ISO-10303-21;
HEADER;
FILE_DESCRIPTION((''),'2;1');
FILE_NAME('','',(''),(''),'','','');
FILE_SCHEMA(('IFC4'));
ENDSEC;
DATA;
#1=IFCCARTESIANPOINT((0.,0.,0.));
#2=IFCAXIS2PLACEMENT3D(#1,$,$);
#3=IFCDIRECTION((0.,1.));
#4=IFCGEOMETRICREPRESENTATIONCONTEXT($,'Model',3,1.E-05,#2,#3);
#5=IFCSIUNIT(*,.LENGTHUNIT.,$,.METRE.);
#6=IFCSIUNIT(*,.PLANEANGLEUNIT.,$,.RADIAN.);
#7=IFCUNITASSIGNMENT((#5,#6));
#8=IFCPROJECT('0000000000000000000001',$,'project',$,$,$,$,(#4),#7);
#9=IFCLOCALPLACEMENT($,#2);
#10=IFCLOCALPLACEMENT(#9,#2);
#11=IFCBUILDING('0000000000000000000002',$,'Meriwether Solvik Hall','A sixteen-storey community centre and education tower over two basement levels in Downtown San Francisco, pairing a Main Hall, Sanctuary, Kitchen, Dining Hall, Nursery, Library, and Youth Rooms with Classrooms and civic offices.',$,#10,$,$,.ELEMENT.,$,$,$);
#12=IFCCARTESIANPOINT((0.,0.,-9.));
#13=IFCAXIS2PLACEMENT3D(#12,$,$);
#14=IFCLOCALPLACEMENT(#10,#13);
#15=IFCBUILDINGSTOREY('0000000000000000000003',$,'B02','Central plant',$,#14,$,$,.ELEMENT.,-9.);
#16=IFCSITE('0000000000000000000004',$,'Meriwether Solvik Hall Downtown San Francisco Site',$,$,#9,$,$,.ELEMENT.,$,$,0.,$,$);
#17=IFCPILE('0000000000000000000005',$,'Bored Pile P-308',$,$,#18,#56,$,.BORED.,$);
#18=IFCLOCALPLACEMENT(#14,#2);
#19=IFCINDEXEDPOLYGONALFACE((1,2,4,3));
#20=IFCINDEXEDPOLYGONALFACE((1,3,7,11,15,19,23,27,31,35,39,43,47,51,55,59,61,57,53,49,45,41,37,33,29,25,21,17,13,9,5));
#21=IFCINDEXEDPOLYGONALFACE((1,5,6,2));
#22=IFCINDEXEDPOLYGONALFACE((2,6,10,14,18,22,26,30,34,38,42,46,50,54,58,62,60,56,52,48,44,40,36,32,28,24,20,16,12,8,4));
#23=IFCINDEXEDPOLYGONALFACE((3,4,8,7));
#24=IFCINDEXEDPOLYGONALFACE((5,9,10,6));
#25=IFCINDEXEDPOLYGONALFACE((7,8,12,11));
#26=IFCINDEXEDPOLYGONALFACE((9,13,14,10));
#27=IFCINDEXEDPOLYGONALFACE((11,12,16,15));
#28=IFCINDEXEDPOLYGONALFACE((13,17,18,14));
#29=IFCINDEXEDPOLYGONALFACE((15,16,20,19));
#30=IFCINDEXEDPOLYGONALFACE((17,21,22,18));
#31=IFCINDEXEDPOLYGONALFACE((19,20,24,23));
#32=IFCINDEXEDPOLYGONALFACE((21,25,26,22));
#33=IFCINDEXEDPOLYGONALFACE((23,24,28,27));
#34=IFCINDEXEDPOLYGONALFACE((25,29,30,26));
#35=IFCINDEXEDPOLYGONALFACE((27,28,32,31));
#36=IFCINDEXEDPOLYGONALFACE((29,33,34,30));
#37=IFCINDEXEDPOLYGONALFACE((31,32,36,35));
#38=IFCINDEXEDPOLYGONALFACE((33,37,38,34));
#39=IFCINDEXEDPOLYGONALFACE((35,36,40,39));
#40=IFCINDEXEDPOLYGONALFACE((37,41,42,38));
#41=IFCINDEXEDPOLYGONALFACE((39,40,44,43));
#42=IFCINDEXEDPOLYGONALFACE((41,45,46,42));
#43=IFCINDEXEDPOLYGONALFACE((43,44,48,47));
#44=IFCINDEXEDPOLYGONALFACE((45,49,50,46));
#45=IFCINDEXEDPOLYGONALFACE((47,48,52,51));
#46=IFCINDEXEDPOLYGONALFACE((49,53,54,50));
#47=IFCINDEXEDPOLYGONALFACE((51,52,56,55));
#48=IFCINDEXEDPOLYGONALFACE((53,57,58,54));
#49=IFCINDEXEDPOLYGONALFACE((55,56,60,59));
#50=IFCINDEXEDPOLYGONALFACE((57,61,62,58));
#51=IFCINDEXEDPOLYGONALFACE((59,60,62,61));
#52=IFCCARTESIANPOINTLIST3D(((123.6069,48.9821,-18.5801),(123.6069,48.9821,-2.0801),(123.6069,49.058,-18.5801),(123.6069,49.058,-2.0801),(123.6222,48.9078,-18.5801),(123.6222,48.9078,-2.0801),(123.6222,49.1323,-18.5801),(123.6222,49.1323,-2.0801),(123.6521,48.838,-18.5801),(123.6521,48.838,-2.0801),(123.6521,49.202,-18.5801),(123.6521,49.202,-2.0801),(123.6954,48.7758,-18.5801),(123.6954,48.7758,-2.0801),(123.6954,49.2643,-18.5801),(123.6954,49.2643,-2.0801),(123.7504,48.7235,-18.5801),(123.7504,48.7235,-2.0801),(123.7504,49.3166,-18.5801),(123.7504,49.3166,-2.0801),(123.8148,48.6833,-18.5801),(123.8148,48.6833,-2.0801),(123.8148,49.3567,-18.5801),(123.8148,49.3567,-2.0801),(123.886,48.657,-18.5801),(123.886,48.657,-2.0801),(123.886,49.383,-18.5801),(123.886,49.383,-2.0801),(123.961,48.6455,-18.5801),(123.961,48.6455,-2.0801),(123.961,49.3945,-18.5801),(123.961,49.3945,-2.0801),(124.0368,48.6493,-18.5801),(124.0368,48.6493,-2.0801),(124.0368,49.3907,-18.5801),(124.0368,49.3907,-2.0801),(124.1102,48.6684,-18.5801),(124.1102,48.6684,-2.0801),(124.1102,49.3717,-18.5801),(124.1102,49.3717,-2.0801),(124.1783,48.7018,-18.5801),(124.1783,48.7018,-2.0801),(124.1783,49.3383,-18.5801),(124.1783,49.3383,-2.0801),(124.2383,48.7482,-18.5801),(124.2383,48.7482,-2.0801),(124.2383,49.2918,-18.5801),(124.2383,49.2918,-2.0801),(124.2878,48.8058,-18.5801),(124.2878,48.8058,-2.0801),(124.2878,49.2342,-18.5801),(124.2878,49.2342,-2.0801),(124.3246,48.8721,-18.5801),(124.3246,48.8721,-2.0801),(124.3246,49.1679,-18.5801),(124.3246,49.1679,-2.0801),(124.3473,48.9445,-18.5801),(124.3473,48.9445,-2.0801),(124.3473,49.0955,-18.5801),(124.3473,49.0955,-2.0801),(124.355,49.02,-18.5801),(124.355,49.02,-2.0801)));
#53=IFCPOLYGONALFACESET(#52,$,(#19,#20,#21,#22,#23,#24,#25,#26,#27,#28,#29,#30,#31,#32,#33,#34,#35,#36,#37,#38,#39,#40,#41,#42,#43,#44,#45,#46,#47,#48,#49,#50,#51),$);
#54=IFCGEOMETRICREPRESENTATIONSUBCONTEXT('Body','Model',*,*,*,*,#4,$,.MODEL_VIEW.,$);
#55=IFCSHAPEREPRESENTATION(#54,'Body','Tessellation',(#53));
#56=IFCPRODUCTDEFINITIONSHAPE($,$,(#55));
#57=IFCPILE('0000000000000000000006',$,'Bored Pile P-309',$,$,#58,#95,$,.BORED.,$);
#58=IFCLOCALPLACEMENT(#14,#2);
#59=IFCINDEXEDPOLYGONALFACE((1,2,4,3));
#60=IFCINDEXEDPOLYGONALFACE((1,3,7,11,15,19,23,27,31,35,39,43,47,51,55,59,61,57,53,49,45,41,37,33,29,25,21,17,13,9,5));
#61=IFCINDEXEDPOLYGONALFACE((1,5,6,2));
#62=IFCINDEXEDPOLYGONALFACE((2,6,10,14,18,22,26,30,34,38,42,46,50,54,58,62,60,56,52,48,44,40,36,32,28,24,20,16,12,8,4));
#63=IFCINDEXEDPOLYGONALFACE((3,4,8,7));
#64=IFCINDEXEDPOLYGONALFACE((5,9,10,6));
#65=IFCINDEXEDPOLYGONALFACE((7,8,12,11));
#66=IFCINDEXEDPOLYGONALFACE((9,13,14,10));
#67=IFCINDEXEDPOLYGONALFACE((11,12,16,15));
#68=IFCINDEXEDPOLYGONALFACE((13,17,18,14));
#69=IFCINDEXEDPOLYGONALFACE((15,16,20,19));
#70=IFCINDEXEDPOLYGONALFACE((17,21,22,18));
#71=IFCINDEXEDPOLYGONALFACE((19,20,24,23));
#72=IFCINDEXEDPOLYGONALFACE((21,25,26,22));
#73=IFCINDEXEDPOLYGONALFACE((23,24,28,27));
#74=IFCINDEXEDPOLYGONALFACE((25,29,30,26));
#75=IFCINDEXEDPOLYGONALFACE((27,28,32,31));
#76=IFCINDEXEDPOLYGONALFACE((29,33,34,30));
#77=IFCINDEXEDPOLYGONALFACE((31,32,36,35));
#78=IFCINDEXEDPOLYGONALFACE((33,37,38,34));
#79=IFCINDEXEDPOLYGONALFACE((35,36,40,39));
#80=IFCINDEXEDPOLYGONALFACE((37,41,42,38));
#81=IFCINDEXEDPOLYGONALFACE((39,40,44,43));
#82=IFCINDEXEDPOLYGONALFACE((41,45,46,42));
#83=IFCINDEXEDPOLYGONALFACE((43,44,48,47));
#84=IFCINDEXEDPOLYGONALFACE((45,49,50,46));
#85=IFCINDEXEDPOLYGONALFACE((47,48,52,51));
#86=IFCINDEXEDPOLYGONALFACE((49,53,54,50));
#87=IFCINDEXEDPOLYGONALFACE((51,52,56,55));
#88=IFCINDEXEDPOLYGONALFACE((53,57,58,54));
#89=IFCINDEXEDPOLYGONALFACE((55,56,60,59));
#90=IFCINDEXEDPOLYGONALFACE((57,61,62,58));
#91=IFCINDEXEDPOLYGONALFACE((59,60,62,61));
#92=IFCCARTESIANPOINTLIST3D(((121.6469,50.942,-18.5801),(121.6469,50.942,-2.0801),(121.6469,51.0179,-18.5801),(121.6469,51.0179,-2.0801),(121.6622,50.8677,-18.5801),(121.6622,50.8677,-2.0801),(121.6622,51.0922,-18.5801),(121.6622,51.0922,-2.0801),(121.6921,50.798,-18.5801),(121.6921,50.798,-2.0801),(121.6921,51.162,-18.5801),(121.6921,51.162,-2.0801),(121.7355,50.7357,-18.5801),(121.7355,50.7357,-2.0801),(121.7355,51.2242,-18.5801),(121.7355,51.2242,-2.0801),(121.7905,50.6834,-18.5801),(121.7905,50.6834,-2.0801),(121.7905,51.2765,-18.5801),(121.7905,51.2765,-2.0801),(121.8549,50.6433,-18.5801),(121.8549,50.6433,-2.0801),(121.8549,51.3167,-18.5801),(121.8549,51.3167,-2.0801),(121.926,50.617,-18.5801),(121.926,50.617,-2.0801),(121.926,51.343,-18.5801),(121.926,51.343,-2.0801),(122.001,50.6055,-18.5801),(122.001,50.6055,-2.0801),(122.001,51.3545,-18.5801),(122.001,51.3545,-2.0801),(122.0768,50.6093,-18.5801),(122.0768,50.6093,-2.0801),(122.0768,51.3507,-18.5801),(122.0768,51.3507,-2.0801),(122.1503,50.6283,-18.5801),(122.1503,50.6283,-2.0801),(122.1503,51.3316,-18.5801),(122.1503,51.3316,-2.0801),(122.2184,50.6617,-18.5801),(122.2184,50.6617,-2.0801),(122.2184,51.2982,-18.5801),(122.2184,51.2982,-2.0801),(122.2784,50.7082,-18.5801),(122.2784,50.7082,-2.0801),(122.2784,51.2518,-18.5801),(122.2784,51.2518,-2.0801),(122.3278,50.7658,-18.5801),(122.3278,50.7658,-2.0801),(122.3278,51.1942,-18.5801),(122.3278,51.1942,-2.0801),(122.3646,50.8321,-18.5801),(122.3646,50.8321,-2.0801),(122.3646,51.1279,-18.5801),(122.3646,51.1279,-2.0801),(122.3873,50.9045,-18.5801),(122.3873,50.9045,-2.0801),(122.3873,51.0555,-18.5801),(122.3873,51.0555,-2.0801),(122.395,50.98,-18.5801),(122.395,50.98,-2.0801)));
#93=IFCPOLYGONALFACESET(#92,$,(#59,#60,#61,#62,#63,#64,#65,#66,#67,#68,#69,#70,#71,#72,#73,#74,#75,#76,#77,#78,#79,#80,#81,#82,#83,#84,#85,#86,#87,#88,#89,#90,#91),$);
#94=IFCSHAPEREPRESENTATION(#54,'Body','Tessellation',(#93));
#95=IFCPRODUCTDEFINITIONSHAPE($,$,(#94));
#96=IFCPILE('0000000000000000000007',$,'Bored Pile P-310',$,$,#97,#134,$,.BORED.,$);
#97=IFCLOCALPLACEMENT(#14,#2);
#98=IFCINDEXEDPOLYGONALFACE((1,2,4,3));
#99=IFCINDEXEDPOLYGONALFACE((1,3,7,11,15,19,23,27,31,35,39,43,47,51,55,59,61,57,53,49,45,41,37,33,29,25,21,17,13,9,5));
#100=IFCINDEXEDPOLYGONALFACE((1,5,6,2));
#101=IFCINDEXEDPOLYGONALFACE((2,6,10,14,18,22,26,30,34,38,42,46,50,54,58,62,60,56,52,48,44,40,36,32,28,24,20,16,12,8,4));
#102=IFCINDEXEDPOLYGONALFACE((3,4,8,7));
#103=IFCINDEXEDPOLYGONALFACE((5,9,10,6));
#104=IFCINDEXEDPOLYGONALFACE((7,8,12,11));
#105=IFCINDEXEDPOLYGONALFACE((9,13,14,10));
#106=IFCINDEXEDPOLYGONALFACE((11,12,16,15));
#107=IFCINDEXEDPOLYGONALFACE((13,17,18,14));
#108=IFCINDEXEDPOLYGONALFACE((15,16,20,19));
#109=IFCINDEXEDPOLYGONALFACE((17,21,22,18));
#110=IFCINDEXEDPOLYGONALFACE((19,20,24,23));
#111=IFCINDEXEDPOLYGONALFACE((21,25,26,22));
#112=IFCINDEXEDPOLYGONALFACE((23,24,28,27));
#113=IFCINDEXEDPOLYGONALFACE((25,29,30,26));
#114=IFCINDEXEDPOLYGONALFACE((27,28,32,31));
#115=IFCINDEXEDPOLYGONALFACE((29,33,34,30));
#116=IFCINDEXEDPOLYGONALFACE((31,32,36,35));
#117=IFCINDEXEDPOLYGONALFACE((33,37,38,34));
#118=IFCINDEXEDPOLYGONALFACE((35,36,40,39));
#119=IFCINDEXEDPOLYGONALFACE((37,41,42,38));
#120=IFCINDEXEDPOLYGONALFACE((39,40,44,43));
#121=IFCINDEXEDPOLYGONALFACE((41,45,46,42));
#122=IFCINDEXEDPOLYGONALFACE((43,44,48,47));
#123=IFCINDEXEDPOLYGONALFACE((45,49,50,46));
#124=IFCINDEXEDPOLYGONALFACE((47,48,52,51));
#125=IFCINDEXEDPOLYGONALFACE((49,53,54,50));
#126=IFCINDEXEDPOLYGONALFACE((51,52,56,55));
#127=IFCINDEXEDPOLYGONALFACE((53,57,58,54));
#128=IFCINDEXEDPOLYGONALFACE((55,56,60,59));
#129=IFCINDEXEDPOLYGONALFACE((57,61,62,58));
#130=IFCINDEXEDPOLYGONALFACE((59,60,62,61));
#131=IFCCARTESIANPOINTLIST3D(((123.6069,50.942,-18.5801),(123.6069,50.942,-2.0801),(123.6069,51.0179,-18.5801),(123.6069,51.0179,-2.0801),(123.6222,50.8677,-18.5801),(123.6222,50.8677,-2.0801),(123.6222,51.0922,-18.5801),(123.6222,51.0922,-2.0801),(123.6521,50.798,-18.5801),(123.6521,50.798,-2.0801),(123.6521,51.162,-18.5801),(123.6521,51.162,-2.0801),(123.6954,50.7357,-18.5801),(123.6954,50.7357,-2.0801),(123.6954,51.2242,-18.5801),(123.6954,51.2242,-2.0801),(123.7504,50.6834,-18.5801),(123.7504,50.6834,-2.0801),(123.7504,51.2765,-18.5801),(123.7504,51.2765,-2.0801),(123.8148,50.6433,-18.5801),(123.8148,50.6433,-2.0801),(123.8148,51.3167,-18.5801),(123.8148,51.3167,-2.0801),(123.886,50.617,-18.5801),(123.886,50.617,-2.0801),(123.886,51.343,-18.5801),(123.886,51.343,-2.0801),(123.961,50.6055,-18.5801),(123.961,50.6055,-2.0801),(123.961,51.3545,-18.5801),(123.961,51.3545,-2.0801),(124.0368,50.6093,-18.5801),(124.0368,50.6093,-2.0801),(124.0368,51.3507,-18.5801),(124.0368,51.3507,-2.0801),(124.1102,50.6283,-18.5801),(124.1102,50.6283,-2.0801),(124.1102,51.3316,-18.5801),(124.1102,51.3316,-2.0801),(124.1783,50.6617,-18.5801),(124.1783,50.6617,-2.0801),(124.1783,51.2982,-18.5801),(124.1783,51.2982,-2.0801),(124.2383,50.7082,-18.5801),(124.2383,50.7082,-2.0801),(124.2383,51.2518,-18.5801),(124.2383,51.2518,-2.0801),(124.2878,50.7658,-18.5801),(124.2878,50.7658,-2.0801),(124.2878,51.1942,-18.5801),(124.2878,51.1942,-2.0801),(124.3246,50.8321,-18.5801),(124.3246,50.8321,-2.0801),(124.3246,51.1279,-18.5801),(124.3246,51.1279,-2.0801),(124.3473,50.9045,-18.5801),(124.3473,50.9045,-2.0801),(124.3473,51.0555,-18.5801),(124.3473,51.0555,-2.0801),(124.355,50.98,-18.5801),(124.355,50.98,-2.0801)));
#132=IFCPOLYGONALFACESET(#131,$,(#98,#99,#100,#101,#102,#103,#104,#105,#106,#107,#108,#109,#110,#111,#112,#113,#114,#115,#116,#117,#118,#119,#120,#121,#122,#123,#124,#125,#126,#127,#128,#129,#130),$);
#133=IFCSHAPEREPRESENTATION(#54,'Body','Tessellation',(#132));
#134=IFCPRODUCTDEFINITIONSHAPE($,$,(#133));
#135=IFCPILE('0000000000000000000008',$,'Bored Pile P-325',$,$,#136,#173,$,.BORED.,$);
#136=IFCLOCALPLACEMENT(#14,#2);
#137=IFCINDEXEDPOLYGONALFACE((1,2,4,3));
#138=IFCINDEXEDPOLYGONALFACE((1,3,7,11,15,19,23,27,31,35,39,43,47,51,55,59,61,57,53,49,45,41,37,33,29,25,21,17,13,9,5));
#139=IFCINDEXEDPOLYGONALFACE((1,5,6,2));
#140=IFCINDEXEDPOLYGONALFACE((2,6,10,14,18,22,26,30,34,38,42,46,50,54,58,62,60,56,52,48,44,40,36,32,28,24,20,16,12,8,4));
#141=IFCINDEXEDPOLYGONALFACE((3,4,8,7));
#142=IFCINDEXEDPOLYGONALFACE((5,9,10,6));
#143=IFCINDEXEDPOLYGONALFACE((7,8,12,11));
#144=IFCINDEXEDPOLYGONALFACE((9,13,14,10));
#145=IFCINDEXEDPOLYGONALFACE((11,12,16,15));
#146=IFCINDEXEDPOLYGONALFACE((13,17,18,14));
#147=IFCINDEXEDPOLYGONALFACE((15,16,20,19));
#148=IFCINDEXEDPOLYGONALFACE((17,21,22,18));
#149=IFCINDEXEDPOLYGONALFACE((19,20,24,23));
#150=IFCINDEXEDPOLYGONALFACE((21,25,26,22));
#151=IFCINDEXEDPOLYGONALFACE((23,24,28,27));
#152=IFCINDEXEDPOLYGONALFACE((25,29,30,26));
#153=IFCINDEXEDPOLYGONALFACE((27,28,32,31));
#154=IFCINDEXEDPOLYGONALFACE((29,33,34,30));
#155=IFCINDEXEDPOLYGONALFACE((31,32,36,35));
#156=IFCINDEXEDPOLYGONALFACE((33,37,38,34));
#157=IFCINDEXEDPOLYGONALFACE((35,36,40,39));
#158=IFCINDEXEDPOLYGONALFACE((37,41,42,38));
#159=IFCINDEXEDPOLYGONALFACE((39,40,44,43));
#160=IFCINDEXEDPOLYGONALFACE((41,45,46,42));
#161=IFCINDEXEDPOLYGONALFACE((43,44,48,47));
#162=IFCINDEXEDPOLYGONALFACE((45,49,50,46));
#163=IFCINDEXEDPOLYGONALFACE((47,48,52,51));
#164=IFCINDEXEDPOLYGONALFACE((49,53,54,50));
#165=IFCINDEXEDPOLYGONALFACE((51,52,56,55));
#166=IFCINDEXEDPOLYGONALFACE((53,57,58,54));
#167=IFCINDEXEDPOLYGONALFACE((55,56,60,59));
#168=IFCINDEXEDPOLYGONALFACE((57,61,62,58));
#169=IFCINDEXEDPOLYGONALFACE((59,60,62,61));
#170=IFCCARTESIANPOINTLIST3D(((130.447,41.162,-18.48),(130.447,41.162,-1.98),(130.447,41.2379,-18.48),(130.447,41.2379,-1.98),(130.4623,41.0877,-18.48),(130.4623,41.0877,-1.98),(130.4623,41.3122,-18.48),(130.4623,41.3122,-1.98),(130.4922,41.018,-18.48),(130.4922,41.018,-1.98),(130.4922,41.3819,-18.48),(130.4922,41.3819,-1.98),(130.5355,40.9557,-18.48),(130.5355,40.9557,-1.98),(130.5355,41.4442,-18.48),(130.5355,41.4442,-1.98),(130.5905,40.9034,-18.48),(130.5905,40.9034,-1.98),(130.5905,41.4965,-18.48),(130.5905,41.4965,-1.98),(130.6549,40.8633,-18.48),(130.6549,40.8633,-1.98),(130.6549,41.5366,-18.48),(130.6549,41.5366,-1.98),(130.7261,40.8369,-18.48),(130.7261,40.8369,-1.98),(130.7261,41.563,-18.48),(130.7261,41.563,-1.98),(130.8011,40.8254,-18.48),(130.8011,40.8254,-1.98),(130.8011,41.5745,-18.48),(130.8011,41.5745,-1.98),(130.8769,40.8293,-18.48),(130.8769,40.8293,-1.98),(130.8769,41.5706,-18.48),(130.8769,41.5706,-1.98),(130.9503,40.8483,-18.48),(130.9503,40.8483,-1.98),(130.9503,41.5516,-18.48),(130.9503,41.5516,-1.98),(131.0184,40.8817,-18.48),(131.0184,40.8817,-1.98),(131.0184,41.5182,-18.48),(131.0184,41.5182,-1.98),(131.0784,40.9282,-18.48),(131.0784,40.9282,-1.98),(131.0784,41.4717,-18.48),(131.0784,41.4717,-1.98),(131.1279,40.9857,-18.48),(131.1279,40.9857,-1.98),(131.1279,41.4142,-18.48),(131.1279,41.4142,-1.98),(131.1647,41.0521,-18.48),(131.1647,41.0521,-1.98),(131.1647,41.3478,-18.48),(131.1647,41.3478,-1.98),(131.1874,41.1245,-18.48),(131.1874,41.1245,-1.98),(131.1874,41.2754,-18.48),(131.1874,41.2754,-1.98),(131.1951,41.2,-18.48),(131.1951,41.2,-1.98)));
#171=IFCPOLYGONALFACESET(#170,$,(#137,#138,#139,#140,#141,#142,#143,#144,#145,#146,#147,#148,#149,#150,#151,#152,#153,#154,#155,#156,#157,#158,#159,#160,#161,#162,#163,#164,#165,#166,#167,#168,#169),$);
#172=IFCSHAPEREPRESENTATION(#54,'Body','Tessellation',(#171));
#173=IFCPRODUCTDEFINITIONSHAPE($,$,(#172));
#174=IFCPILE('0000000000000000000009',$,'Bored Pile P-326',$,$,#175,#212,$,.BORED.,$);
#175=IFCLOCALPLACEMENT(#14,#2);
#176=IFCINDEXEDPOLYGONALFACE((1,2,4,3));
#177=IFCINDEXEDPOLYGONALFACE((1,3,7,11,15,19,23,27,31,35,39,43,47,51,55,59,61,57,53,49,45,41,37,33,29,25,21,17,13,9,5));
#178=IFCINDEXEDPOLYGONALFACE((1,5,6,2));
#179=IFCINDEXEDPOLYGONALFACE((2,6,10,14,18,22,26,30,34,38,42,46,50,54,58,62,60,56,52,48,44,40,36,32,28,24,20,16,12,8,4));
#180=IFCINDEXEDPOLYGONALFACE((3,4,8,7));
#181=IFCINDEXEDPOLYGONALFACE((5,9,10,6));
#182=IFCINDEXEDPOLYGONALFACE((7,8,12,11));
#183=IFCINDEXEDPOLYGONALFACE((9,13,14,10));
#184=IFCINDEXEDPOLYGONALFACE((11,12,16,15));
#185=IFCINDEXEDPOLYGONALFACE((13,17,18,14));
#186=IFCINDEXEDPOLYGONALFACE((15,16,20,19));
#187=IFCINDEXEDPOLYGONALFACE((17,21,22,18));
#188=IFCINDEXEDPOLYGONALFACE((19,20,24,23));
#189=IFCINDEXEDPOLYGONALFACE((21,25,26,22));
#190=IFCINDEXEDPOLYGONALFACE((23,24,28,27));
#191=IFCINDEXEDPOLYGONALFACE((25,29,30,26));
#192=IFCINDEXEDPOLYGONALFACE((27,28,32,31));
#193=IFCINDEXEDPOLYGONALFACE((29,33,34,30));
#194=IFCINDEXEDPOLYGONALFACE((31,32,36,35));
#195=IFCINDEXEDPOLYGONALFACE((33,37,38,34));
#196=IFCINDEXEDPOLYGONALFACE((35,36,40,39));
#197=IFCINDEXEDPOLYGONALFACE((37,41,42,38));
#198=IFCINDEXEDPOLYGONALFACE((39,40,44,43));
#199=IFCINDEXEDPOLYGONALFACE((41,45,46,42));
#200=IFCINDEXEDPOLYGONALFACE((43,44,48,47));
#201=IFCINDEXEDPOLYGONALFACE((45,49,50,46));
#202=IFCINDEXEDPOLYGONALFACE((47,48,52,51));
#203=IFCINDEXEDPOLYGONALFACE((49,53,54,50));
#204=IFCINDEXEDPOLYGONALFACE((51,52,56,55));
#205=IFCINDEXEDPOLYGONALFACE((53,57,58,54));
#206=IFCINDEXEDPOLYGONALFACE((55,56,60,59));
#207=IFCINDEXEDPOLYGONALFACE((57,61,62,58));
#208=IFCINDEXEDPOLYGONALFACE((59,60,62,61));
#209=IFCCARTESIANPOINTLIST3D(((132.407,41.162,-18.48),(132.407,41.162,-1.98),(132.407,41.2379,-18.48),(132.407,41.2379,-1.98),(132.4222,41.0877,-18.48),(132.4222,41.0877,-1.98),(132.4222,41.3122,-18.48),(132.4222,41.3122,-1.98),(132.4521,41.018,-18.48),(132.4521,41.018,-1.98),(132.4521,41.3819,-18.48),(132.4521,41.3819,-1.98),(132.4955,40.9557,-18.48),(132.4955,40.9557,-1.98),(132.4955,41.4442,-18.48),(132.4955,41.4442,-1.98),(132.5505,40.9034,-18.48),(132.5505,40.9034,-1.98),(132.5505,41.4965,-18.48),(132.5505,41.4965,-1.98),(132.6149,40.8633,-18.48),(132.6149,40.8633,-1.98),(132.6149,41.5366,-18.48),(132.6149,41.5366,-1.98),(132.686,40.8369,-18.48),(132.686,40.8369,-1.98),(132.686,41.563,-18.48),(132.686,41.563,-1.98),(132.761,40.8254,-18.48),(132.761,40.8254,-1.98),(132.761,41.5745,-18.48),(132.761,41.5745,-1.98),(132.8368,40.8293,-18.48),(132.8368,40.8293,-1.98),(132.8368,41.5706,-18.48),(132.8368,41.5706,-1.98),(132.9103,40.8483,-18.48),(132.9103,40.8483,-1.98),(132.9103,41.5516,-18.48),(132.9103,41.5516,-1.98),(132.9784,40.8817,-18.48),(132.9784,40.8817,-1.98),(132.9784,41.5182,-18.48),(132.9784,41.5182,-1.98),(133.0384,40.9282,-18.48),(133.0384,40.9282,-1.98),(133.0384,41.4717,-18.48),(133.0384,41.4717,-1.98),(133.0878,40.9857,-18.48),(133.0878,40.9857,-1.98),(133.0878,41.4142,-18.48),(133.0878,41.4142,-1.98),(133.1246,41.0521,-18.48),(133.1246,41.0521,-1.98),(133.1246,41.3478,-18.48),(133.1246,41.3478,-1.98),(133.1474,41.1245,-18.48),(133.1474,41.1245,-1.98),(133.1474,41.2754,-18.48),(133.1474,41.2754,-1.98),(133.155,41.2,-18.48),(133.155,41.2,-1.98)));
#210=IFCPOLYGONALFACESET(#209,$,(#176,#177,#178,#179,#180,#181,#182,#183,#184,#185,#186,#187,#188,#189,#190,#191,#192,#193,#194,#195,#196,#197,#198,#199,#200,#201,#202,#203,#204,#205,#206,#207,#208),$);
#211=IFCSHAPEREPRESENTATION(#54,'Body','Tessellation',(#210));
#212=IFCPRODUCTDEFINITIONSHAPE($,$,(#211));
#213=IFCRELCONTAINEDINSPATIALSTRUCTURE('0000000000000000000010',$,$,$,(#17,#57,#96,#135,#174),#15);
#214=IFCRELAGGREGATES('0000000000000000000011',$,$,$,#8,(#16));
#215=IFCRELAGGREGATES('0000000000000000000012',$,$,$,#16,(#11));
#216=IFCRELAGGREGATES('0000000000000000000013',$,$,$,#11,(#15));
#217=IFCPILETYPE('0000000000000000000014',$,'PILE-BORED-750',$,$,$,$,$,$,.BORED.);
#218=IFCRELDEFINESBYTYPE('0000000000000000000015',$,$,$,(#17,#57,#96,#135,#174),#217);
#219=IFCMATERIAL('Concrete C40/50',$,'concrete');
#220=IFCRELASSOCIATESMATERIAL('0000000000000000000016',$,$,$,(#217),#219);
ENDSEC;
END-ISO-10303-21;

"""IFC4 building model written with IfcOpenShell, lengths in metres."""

from ifc_helpers import new_model, si_unit, direction, frame, origin, origin_2d, place, context, subcontext, project, spatial, circle, extrude, material, material_profile, profile_set, type_object, element, save


model = new_model("IFC4")

# Units and contexts
model_context = context("Model", 3, precision=1e-05, world=origin(), true_north=direction((0.0, 1.0)))
body_context = subcontext(model_context, "Body", "Model", "MODEL_VIEW")
ifc_project = project(units=[si_unit("LENGTHUNIT", "METRE"), si_unit("PLANEANGLEUNIT", "RADIAN")], contexts=[model_context])

# Site, building, storey
site_placement = place(None, origin())
site = spatial("IfcSite", under=ifc_project, at=site_placement, Name="Meriwether Solvik Hall Downtown San Francisco Site", CompositionType="ELEMENT", RefElevation=0.0)
building_placement = place(site_placement, origin())
building = spatial("IfcBuilding", under=site, at=building_placement, Name="Meriwether Solvik Hall", Description="A sixteen-storey community centre and education tower over two basement levels in Downtown San Francisco, pairing a Main Hall, Sanctuary, Kitchen, Dining Hall, Nursery, Library, and Youth Rooms with Classrooms and civic offices.", CompositionType="ELEMENT")
storey_placement = place(building_placement, frame((0.0, 0.0, -9.0)))
storey = spatial("IfcBuildingStorey", under=building, at=storey_placement, Name="B02", Description="Central plant", CompositionType="ELEMENT", Elevation=-9.0)

# Piles
ifc_material_1 = material(Name="Concrete C40/50", Category="concrete")
ifc_material_profile_1 = material_profile(ifc_material_1, circle(Radius=0.375, at=origin_2d()), Name="PILE-D750")
ifc_profile_set_1 = profile_set([ifc_material_profile_1], Name="Concrete C40/50")
pile_type_1 = type_object("IfcPileType", Name="PILE-BORED-750", PredefinedType="BORED", material=ifc_profile_set_1)
for number, where, z_axis, x_axis, name in (
    (1, (123.98, 49.02, -2.0801), (0.0, 0.0, -1.0), (1.0, 0.0, 0.0), "Bored Pile P-308"),
    (2, (122.02, 50.98, -2.0801), (0.0, 0.0, -1.0), (1.0, 0.0, 0.0), "Bored Pile P-309"),
    (3, (123.98, 50.98, -2.0801), (0.0, 0.0, -1.0), (1.0, 0.0, 0.0), "Bored Pile P-310"),
    (4, (130.8201, 41.2, -1.98), (0.0, 0.0, -1.0), (1.0, 0.0, 0.0), "Bored Pile P-325"),
    (5, (132.78, 41.2, -1.98), (0.0, 0.0, -1.0), (1.0, 0.0, 0.0), "Bored Pile P-326"),
):
    element("IfcPile", number, at=place(storey_placement, frame(where, z_axis=z_axis, x_axis=x_axis)), inside=storey, type_object=pile_type_1, Name=name, PredefinedType="BORED", context=body_context, shape_type="SweptSolid", body=[
        extrude(circle(Radius=0.375, at=origin_2d()), origin(), (0.0, 0.0, 1.0), 16.5),
    ])

save(model, "model.ifc")
